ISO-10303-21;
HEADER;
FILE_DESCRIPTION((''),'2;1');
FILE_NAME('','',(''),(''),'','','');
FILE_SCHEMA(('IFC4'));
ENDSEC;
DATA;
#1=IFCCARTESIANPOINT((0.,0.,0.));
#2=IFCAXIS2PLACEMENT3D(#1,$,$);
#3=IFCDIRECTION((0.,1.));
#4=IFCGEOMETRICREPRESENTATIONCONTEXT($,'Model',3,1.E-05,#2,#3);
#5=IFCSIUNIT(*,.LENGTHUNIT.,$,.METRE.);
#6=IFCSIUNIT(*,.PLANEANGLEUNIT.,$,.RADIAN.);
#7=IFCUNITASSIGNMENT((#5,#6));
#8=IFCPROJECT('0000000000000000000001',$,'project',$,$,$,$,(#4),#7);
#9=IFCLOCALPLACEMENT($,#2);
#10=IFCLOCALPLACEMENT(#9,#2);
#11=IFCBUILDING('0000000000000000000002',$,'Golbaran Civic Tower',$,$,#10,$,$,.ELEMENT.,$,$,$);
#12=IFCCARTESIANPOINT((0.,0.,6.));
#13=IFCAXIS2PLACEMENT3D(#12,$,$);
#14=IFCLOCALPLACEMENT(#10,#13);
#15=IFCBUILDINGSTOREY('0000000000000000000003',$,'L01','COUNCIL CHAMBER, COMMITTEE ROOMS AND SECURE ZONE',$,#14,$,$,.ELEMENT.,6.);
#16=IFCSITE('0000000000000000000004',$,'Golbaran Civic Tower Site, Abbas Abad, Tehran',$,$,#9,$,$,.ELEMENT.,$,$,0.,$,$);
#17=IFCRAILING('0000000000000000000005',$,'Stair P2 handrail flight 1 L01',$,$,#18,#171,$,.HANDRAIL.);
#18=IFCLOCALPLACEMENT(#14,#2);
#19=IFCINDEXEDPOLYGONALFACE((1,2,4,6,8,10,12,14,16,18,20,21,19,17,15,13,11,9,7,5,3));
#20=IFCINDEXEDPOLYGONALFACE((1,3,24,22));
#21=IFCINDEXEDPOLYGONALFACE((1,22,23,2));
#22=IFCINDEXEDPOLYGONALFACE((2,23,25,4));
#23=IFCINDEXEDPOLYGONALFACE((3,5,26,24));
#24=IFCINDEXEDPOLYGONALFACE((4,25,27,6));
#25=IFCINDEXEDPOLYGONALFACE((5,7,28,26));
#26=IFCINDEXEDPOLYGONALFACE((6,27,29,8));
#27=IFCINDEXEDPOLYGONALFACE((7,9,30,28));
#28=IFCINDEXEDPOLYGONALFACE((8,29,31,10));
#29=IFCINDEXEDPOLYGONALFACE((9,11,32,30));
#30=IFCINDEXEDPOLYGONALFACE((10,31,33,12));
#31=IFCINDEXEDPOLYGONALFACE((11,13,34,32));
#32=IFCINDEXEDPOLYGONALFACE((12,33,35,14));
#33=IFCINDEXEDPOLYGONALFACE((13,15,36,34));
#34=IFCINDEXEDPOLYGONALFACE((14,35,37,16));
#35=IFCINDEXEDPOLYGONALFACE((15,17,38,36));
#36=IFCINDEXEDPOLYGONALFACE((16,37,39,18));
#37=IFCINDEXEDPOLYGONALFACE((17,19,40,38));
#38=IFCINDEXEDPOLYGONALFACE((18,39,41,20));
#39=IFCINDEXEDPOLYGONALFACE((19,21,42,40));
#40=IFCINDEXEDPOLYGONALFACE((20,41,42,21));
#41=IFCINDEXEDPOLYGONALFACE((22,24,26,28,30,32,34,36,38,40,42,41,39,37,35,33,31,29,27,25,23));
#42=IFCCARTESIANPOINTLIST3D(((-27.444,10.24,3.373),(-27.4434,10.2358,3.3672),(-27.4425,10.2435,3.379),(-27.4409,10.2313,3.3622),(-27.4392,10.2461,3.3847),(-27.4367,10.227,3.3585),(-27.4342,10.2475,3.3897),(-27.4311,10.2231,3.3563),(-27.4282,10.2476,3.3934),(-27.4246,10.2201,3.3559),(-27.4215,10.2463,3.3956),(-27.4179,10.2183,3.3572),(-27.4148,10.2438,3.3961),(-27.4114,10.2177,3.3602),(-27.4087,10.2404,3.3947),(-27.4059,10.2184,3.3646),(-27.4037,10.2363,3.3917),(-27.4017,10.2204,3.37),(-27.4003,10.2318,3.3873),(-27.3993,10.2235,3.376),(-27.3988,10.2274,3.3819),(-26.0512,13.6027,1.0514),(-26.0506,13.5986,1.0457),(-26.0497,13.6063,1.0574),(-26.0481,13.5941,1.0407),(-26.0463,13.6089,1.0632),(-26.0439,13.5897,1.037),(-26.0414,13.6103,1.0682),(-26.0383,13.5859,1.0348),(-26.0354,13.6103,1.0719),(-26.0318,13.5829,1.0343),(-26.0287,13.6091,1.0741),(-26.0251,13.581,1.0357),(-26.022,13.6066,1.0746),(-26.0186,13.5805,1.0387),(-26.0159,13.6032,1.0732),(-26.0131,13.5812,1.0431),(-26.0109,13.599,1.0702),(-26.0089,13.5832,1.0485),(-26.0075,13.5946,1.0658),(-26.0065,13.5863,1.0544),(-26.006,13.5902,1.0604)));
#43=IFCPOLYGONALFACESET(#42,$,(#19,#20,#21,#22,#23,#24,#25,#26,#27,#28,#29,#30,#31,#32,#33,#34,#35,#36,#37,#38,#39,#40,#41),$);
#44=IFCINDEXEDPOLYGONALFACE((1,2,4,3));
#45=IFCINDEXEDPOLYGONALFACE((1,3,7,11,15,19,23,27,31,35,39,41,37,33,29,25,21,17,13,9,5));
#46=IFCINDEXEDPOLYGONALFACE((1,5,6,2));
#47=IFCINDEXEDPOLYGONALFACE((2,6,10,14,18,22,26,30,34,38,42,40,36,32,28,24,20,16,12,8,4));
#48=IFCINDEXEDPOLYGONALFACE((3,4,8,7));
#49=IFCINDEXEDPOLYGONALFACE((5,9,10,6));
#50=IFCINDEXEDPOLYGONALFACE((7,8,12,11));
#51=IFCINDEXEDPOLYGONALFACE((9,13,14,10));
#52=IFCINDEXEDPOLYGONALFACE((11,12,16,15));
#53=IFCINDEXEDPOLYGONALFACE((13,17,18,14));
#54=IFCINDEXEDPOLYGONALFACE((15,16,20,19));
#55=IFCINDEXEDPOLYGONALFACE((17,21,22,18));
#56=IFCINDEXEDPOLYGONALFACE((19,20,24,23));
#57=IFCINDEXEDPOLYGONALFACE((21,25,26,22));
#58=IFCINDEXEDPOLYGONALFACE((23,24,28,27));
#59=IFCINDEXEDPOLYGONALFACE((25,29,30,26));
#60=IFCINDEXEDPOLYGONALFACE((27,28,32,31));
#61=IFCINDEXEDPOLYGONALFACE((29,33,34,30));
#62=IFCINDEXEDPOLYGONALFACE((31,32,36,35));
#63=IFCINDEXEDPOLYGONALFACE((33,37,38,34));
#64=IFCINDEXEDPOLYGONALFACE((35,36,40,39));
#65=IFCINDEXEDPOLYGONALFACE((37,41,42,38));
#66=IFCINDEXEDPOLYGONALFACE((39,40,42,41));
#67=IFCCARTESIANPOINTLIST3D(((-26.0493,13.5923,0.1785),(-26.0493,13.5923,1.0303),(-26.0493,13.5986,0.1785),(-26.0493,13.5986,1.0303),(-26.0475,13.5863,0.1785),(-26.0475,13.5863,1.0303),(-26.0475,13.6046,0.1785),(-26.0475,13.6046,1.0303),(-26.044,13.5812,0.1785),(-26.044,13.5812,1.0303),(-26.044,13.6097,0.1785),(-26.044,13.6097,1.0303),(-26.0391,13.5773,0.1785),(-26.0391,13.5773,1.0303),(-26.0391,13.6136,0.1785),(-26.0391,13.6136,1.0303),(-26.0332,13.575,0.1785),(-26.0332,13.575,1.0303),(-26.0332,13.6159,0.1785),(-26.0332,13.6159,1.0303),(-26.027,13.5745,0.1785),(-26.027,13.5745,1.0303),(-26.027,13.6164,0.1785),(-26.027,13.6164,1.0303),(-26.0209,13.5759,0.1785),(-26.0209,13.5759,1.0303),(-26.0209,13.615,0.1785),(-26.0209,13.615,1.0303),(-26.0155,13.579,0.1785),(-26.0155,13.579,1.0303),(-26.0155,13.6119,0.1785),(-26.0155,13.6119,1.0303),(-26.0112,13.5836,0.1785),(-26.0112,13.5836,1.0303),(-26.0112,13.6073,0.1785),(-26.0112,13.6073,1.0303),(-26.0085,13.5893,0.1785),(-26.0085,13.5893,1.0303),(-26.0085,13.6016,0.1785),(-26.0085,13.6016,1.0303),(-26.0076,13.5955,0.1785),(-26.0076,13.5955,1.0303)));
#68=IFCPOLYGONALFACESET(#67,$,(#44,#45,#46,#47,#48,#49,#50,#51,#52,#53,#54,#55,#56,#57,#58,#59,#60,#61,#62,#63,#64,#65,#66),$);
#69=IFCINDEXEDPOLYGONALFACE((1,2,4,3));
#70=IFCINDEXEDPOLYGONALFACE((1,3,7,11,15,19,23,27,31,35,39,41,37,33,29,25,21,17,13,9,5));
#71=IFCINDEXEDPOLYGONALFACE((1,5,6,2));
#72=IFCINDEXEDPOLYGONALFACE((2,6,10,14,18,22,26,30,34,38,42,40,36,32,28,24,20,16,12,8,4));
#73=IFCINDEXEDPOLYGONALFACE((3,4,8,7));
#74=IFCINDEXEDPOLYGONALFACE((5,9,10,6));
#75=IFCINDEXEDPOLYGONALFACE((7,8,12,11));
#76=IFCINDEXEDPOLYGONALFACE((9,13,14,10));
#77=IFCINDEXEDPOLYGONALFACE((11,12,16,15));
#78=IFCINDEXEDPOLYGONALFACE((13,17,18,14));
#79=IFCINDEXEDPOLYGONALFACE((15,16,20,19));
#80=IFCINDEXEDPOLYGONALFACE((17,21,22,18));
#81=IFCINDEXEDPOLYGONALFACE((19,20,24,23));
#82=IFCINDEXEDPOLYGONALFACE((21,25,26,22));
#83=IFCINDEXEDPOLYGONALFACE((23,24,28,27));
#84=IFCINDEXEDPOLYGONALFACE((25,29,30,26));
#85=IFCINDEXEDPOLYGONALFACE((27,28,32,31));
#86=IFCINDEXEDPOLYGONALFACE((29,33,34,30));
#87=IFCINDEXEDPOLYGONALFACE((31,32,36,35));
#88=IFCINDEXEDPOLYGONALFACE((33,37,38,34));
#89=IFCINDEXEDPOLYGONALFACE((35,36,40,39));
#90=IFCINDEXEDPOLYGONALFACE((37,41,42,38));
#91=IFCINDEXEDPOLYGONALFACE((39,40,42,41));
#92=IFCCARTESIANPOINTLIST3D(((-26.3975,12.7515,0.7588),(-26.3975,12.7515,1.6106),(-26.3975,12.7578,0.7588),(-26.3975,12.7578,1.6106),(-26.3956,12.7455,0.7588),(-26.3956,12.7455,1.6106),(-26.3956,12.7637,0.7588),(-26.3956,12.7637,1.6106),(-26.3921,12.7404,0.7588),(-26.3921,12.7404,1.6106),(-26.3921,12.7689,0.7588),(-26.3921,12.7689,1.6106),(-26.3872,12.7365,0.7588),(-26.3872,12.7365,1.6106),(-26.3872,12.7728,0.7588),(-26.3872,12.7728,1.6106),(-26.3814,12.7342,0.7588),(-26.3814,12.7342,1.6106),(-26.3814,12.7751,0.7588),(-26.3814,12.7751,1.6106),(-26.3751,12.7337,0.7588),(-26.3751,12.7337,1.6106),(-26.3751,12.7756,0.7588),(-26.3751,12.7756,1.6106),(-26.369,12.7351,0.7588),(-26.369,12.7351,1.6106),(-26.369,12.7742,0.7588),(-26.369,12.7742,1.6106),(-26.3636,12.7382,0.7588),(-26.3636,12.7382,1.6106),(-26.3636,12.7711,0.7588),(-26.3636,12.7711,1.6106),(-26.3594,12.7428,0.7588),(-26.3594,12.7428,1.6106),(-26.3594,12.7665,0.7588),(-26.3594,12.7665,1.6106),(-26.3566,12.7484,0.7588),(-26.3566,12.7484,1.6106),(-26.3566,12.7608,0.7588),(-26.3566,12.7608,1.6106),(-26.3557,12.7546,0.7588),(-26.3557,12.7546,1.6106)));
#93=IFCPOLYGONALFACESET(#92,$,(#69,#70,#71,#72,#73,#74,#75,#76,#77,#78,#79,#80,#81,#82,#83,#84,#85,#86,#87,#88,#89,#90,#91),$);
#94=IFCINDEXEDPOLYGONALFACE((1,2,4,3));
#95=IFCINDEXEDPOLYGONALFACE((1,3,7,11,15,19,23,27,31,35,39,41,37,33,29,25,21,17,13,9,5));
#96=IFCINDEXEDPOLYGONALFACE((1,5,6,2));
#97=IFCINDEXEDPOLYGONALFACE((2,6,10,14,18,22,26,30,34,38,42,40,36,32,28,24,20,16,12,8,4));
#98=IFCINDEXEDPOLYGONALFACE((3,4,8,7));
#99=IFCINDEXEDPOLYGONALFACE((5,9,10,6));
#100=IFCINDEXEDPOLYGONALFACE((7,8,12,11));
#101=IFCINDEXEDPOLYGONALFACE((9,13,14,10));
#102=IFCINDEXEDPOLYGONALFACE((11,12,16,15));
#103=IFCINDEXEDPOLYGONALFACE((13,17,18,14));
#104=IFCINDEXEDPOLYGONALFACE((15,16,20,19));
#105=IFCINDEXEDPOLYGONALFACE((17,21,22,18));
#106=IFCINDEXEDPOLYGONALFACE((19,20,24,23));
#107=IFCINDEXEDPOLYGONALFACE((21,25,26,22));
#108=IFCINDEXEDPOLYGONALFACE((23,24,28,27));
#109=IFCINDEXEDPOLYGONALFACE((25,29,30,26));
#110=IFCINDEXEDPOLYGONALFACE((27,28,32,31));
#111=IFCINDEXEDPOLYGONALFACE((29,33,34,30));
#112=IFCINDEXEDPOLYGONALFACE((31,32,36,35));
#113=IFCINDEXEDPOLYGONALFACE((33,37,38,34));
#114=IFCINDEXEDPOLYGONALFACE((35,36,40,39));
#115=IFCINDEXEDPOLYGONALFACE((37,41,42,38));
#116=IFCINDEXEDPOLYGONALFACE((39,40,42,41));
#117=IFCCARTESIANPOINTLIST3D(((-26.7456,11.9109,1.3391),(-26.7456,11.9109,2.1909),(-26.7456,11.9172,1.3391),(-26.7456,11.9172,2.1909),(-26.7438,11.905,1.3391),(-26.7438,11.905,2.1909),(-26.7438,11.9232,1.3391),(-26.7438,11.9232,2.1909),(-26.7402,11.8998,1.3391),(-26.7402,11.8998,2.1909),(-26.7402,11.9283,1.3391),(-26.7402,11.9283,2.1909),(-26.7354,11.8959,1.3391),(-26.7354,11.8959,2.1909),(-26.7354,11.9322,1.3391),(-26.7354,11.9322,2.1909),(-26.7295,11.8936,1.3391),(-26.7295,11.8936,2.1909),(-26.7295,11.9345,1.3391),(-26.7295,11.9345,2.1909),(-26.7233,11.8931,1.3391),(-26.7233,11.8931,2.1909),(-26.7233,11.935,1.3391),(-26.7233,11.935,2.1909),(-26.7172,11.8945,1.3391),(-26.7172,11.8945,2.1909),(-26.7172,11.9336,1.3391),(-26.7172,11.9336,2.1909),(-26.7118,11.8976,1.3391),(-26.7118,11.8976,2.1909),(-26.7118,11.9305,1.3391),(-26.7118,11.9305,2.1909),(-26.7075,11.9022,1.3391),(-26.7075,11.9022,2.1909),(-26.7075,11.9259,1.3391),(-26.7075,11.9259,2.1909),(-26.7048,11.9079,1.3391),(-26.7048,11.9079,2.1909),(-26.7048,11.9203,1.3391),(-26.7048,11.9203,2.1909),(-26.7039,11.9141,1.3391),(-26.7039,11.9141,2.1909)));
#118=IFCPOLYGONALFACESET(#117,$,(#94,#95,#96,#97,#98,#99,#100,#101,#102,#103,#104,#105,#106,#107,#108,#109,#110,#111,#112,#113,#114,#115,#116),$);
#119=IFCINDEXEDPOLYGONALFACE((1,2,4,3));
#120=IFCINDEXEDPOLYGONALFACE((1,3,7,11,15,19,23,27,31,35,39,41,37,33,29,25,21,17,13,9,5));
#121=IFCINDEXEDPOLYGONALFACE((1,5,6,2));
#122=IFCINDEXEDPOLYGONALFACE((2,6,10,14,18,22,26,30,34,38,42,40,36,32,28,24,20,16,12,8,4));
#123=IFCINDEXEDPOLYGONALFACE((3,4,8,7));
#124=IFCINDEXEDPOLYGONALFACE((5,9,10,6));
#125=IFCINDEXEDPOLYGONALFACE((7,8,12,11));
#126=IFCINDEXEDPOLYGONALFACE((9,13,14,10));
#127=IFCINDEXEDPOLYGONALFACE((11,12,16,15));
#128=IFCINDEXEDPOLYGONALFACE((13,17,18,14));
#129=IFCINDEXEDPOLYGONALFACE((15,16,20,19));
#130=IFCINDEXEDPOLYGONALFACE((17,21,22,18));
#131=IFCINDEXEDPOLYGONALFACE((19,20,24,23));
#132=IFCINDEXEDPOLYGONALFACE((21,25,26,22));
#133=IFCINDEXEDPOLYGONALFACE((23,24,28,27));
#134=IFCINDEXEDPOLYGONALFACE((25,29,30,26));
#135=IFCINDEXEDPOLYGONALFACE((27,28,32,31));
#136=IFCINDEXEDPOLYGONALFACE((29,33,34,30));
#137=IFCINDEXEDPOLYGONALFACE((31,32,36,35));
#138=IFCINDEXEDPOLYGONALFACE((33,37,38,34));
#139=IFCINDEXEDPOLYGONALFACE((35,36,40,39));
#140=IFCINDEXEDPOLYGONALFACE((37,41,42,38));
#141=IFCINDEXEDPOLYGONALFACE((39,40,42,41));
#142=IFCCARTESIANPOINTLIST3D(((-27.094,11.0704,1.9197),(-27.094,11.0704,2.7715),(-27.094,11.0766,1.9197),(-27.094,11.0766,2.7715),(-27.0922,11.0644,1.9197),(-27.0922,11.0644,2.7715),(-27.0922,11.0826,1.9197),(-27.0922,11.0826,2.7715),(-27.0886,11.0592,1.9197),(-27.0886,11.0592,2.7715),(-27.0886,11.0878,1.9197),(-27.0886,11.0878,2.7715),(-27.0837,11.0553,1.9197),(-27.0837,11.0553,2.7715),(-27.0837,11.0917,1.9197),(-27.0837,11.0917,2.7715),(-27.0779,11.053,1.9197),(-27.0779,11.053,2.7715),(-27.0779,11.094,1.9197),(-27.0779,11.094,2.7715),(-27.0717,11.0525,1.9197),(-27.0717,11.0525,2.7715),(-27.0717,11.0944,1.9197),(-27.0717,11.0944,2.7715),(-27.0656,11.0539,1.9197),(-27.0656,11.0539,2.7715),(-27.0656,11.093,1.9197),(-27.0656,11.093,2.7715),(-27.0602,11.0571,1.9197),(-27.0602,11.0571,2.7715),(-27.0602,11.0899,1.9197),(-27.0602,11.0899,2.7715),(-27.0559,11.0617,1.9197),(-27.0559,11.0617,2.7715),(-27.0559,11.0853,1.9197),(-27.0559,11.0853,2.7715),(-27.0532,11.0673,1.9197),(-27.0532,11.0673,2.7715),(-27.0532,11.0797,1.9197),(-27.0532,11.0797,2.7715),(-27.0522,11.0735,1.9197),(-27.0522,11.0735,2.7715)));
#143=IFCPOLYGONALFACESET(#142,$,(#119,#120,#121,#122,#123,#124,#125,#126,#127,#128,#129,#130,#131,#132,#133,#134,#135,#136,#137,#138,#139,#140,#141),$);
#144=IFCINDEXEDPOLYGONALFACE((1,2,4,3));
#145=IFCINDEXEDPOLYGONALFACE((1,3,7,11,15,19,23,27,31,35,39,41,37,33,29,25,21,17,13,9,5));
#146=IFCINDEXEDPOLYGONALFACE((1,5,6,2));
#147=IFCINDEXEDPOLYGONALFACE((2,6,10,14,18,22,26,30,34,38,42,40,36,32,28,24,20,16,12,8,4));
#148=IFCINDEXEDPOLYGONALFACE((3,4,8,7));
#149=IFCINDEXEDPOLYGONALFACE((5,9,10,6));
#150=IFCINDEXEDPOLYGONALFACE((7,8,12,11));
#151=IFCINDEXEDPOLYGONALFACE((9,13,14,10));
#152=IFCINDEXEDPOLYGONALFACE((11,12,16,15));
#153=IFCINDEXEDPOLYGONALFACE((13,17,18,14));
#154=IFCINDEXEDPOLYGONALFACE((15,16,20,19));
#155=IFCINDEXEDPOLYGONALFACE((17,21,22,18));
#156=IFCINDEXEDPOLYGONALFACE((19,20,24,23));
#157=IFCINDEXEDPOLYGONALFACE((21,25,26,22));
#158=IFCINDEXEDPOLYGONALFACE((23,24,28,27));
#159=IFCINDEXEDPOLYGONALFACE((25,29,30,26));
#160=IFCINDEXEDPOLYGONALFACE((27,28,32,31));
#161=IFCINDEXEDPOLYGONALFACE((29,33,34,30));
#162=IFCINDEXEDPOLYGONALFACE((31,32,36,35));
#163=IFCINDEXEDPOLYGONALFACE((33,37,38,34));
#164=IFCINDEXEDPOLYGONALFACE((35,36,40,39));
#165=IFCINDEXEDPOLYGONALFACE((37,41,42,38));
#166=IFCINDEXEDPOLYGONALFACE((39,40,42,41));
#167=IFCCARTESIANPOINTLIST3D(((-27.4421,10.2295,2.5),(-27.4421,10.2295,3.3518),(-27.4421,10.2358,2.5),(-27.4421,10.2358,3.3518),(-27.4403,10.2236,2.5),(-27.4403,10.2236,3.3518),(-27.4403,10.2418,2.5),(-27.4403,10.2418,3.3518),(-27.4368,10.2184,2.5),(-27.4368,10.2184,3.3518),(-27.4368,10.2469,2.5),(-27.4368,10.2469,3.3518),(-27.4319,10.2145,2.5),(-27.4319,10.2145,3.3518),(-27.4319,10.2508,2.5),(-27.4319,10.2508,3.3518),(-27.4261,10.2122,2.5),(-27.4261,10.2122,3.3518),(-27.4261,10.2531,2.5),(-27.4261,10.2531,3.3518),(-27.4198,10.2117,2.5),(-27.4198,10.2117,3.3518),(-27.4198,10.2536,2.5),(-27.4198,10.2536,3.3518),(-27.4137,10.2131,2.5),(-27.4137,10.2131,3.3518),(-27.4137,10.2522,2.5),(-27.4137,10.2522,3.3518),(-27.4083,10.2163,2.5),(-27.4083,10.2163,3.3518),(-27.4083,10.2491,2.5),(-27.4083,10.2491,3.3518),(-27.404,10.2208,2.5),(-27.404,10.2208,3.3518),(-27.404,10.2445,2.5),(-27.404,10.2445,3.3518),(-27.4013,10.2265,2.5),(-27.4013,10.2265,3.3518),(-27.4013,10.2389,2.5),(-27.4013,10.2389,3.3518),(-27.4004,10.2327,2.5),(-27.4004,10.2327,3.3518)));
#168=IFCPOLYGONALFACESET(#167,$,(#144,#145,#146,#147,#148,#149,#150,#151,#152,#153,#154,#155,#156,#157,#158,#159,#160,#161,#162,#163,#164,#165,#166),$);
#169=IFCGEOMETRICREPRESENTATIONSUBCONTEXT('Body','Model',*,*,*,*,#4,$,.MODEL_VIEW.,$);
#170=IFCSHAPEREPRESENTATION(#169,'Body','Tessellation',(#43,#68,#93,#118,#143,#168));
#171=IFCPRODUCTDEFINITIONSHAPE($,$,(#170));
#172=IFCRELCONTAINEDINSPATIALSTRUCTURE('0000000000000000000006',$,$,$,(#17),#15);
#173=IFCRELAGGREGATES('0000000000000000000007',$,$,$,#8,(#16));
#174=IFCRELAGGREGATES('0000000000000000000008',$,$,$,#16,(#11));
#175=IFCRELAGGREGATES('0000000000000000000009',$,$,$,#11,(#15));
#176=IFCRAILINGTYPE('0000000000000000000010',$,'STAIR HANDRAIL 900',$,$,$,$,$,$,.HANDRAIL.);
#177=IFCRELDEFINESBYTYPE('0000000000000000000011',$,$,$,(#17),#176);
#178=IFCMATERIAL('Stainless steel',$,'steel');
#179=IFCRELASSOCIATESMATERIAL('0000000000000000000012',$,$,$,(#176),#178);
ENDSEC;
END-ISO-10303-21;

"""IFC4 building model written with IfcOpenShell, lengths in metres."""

from ifc_helpers import new_model, si_unit, direction, frame, origin, origin_2d, place, context, subcontext, project, spatial, circle, extrude, material, type_object, element, save


model = new_model("IFC4")

# Units and contexts
model_context = context("Model", 3, precision=1e-05, world=origin(), true_north=direction((0.0, 1.0)))
body_context = subcontext(model_context, "Body", "Model", "MODEL_VIEW")
ifc_project = project(units=[si_unit("LENGTHUNIT", "METRE"), si_unit("PLANEANGLEUNIT", "RADIAN")], contexts=[model_context])

# Site, building, storey
site_placement = place(None, origin())
site = spatial("IfcSite", under=ifc_project, at=site_placement, Name="Golbaran Civic Tower Site, Abbas Abad, Tehran", CompositionType="ELEMENT", RefElevation=0.0)
building_placement = place(site_placement, origin())
building = spatial("IfcBuilding", under=site, at=building_placement, Name="Golbaran Civic Tower", CompositionType="ELEMENT")
storey_placement = place(building_placement, frame((0.0, 0.0, 6.0)))
storey = spatial("IfcBuildingStorey", under=building, at=storey_placement, Name="L01", Description="COUNCIL CHAMBER, COMMITTEE ROOMS AND SECURE ZONE", CompositionType="ELEMENT", Elevation=6.0)

# Railing
ifc_material_1 = material(Name="Stainless steel", Category="steel")
railing_type_1 = type_object("IfcRailingType", Name="STAIR HANDRAIL 900", PredefinedType="HANDRAIL", material=ifc_material_1)
railing_1_placement = place(storey_placement, frame((-26.0286, 13.5955, 0.1785)))
element("IfcRailing", 1, at=railing_1_placement, inside=storey, type_object=railing_type_1, Name="Stair P2 handrail flight 1 L01", PredefinedType="HANDRAIL", context=body_context, shape_type="SweptSolid", body=[
    extrude(circle(Radius=0.0239, at=origin_2d()), frame((0.0, 0.0, 0.876), z_axis=(-0.322625, -0.778937, 0.537746), x_axis=(0.923888, -0.382662, 0.0)), (0.0, 0.0, 1.0), 4.3171),
    extrude(circle(Radius=0.021, at=origin_2d()), origin(), (0.0, 0.0, 1.0), 0.8518),
    extrude(circle(Radius=0.021, at=origin_2d()), frame((-0.3481, -0.8408, 0.5803)), (0.0, 0.0, 1.0), 0.8518),
    extrude(circle(Radius=0.021, at=origin_2d()), frame((-0.6963, -1.6814, 1.1606)), (0.0, 0.0, 1.0), 0.8518),
    extrude(circle(Radius=0.021, at=origin_2d()), frame((-1.0447, -2.522, 1.7412)), (0.0, 0.0, 1.0), 0.8518),
    extrude(circle(Radius=0.021, at=origin_2d()), frame((-1.3928, -3.3628, 2.3215)), (0.0, 0.0, 1.0), 0.8518),
])

save(model, "model.ifc")
